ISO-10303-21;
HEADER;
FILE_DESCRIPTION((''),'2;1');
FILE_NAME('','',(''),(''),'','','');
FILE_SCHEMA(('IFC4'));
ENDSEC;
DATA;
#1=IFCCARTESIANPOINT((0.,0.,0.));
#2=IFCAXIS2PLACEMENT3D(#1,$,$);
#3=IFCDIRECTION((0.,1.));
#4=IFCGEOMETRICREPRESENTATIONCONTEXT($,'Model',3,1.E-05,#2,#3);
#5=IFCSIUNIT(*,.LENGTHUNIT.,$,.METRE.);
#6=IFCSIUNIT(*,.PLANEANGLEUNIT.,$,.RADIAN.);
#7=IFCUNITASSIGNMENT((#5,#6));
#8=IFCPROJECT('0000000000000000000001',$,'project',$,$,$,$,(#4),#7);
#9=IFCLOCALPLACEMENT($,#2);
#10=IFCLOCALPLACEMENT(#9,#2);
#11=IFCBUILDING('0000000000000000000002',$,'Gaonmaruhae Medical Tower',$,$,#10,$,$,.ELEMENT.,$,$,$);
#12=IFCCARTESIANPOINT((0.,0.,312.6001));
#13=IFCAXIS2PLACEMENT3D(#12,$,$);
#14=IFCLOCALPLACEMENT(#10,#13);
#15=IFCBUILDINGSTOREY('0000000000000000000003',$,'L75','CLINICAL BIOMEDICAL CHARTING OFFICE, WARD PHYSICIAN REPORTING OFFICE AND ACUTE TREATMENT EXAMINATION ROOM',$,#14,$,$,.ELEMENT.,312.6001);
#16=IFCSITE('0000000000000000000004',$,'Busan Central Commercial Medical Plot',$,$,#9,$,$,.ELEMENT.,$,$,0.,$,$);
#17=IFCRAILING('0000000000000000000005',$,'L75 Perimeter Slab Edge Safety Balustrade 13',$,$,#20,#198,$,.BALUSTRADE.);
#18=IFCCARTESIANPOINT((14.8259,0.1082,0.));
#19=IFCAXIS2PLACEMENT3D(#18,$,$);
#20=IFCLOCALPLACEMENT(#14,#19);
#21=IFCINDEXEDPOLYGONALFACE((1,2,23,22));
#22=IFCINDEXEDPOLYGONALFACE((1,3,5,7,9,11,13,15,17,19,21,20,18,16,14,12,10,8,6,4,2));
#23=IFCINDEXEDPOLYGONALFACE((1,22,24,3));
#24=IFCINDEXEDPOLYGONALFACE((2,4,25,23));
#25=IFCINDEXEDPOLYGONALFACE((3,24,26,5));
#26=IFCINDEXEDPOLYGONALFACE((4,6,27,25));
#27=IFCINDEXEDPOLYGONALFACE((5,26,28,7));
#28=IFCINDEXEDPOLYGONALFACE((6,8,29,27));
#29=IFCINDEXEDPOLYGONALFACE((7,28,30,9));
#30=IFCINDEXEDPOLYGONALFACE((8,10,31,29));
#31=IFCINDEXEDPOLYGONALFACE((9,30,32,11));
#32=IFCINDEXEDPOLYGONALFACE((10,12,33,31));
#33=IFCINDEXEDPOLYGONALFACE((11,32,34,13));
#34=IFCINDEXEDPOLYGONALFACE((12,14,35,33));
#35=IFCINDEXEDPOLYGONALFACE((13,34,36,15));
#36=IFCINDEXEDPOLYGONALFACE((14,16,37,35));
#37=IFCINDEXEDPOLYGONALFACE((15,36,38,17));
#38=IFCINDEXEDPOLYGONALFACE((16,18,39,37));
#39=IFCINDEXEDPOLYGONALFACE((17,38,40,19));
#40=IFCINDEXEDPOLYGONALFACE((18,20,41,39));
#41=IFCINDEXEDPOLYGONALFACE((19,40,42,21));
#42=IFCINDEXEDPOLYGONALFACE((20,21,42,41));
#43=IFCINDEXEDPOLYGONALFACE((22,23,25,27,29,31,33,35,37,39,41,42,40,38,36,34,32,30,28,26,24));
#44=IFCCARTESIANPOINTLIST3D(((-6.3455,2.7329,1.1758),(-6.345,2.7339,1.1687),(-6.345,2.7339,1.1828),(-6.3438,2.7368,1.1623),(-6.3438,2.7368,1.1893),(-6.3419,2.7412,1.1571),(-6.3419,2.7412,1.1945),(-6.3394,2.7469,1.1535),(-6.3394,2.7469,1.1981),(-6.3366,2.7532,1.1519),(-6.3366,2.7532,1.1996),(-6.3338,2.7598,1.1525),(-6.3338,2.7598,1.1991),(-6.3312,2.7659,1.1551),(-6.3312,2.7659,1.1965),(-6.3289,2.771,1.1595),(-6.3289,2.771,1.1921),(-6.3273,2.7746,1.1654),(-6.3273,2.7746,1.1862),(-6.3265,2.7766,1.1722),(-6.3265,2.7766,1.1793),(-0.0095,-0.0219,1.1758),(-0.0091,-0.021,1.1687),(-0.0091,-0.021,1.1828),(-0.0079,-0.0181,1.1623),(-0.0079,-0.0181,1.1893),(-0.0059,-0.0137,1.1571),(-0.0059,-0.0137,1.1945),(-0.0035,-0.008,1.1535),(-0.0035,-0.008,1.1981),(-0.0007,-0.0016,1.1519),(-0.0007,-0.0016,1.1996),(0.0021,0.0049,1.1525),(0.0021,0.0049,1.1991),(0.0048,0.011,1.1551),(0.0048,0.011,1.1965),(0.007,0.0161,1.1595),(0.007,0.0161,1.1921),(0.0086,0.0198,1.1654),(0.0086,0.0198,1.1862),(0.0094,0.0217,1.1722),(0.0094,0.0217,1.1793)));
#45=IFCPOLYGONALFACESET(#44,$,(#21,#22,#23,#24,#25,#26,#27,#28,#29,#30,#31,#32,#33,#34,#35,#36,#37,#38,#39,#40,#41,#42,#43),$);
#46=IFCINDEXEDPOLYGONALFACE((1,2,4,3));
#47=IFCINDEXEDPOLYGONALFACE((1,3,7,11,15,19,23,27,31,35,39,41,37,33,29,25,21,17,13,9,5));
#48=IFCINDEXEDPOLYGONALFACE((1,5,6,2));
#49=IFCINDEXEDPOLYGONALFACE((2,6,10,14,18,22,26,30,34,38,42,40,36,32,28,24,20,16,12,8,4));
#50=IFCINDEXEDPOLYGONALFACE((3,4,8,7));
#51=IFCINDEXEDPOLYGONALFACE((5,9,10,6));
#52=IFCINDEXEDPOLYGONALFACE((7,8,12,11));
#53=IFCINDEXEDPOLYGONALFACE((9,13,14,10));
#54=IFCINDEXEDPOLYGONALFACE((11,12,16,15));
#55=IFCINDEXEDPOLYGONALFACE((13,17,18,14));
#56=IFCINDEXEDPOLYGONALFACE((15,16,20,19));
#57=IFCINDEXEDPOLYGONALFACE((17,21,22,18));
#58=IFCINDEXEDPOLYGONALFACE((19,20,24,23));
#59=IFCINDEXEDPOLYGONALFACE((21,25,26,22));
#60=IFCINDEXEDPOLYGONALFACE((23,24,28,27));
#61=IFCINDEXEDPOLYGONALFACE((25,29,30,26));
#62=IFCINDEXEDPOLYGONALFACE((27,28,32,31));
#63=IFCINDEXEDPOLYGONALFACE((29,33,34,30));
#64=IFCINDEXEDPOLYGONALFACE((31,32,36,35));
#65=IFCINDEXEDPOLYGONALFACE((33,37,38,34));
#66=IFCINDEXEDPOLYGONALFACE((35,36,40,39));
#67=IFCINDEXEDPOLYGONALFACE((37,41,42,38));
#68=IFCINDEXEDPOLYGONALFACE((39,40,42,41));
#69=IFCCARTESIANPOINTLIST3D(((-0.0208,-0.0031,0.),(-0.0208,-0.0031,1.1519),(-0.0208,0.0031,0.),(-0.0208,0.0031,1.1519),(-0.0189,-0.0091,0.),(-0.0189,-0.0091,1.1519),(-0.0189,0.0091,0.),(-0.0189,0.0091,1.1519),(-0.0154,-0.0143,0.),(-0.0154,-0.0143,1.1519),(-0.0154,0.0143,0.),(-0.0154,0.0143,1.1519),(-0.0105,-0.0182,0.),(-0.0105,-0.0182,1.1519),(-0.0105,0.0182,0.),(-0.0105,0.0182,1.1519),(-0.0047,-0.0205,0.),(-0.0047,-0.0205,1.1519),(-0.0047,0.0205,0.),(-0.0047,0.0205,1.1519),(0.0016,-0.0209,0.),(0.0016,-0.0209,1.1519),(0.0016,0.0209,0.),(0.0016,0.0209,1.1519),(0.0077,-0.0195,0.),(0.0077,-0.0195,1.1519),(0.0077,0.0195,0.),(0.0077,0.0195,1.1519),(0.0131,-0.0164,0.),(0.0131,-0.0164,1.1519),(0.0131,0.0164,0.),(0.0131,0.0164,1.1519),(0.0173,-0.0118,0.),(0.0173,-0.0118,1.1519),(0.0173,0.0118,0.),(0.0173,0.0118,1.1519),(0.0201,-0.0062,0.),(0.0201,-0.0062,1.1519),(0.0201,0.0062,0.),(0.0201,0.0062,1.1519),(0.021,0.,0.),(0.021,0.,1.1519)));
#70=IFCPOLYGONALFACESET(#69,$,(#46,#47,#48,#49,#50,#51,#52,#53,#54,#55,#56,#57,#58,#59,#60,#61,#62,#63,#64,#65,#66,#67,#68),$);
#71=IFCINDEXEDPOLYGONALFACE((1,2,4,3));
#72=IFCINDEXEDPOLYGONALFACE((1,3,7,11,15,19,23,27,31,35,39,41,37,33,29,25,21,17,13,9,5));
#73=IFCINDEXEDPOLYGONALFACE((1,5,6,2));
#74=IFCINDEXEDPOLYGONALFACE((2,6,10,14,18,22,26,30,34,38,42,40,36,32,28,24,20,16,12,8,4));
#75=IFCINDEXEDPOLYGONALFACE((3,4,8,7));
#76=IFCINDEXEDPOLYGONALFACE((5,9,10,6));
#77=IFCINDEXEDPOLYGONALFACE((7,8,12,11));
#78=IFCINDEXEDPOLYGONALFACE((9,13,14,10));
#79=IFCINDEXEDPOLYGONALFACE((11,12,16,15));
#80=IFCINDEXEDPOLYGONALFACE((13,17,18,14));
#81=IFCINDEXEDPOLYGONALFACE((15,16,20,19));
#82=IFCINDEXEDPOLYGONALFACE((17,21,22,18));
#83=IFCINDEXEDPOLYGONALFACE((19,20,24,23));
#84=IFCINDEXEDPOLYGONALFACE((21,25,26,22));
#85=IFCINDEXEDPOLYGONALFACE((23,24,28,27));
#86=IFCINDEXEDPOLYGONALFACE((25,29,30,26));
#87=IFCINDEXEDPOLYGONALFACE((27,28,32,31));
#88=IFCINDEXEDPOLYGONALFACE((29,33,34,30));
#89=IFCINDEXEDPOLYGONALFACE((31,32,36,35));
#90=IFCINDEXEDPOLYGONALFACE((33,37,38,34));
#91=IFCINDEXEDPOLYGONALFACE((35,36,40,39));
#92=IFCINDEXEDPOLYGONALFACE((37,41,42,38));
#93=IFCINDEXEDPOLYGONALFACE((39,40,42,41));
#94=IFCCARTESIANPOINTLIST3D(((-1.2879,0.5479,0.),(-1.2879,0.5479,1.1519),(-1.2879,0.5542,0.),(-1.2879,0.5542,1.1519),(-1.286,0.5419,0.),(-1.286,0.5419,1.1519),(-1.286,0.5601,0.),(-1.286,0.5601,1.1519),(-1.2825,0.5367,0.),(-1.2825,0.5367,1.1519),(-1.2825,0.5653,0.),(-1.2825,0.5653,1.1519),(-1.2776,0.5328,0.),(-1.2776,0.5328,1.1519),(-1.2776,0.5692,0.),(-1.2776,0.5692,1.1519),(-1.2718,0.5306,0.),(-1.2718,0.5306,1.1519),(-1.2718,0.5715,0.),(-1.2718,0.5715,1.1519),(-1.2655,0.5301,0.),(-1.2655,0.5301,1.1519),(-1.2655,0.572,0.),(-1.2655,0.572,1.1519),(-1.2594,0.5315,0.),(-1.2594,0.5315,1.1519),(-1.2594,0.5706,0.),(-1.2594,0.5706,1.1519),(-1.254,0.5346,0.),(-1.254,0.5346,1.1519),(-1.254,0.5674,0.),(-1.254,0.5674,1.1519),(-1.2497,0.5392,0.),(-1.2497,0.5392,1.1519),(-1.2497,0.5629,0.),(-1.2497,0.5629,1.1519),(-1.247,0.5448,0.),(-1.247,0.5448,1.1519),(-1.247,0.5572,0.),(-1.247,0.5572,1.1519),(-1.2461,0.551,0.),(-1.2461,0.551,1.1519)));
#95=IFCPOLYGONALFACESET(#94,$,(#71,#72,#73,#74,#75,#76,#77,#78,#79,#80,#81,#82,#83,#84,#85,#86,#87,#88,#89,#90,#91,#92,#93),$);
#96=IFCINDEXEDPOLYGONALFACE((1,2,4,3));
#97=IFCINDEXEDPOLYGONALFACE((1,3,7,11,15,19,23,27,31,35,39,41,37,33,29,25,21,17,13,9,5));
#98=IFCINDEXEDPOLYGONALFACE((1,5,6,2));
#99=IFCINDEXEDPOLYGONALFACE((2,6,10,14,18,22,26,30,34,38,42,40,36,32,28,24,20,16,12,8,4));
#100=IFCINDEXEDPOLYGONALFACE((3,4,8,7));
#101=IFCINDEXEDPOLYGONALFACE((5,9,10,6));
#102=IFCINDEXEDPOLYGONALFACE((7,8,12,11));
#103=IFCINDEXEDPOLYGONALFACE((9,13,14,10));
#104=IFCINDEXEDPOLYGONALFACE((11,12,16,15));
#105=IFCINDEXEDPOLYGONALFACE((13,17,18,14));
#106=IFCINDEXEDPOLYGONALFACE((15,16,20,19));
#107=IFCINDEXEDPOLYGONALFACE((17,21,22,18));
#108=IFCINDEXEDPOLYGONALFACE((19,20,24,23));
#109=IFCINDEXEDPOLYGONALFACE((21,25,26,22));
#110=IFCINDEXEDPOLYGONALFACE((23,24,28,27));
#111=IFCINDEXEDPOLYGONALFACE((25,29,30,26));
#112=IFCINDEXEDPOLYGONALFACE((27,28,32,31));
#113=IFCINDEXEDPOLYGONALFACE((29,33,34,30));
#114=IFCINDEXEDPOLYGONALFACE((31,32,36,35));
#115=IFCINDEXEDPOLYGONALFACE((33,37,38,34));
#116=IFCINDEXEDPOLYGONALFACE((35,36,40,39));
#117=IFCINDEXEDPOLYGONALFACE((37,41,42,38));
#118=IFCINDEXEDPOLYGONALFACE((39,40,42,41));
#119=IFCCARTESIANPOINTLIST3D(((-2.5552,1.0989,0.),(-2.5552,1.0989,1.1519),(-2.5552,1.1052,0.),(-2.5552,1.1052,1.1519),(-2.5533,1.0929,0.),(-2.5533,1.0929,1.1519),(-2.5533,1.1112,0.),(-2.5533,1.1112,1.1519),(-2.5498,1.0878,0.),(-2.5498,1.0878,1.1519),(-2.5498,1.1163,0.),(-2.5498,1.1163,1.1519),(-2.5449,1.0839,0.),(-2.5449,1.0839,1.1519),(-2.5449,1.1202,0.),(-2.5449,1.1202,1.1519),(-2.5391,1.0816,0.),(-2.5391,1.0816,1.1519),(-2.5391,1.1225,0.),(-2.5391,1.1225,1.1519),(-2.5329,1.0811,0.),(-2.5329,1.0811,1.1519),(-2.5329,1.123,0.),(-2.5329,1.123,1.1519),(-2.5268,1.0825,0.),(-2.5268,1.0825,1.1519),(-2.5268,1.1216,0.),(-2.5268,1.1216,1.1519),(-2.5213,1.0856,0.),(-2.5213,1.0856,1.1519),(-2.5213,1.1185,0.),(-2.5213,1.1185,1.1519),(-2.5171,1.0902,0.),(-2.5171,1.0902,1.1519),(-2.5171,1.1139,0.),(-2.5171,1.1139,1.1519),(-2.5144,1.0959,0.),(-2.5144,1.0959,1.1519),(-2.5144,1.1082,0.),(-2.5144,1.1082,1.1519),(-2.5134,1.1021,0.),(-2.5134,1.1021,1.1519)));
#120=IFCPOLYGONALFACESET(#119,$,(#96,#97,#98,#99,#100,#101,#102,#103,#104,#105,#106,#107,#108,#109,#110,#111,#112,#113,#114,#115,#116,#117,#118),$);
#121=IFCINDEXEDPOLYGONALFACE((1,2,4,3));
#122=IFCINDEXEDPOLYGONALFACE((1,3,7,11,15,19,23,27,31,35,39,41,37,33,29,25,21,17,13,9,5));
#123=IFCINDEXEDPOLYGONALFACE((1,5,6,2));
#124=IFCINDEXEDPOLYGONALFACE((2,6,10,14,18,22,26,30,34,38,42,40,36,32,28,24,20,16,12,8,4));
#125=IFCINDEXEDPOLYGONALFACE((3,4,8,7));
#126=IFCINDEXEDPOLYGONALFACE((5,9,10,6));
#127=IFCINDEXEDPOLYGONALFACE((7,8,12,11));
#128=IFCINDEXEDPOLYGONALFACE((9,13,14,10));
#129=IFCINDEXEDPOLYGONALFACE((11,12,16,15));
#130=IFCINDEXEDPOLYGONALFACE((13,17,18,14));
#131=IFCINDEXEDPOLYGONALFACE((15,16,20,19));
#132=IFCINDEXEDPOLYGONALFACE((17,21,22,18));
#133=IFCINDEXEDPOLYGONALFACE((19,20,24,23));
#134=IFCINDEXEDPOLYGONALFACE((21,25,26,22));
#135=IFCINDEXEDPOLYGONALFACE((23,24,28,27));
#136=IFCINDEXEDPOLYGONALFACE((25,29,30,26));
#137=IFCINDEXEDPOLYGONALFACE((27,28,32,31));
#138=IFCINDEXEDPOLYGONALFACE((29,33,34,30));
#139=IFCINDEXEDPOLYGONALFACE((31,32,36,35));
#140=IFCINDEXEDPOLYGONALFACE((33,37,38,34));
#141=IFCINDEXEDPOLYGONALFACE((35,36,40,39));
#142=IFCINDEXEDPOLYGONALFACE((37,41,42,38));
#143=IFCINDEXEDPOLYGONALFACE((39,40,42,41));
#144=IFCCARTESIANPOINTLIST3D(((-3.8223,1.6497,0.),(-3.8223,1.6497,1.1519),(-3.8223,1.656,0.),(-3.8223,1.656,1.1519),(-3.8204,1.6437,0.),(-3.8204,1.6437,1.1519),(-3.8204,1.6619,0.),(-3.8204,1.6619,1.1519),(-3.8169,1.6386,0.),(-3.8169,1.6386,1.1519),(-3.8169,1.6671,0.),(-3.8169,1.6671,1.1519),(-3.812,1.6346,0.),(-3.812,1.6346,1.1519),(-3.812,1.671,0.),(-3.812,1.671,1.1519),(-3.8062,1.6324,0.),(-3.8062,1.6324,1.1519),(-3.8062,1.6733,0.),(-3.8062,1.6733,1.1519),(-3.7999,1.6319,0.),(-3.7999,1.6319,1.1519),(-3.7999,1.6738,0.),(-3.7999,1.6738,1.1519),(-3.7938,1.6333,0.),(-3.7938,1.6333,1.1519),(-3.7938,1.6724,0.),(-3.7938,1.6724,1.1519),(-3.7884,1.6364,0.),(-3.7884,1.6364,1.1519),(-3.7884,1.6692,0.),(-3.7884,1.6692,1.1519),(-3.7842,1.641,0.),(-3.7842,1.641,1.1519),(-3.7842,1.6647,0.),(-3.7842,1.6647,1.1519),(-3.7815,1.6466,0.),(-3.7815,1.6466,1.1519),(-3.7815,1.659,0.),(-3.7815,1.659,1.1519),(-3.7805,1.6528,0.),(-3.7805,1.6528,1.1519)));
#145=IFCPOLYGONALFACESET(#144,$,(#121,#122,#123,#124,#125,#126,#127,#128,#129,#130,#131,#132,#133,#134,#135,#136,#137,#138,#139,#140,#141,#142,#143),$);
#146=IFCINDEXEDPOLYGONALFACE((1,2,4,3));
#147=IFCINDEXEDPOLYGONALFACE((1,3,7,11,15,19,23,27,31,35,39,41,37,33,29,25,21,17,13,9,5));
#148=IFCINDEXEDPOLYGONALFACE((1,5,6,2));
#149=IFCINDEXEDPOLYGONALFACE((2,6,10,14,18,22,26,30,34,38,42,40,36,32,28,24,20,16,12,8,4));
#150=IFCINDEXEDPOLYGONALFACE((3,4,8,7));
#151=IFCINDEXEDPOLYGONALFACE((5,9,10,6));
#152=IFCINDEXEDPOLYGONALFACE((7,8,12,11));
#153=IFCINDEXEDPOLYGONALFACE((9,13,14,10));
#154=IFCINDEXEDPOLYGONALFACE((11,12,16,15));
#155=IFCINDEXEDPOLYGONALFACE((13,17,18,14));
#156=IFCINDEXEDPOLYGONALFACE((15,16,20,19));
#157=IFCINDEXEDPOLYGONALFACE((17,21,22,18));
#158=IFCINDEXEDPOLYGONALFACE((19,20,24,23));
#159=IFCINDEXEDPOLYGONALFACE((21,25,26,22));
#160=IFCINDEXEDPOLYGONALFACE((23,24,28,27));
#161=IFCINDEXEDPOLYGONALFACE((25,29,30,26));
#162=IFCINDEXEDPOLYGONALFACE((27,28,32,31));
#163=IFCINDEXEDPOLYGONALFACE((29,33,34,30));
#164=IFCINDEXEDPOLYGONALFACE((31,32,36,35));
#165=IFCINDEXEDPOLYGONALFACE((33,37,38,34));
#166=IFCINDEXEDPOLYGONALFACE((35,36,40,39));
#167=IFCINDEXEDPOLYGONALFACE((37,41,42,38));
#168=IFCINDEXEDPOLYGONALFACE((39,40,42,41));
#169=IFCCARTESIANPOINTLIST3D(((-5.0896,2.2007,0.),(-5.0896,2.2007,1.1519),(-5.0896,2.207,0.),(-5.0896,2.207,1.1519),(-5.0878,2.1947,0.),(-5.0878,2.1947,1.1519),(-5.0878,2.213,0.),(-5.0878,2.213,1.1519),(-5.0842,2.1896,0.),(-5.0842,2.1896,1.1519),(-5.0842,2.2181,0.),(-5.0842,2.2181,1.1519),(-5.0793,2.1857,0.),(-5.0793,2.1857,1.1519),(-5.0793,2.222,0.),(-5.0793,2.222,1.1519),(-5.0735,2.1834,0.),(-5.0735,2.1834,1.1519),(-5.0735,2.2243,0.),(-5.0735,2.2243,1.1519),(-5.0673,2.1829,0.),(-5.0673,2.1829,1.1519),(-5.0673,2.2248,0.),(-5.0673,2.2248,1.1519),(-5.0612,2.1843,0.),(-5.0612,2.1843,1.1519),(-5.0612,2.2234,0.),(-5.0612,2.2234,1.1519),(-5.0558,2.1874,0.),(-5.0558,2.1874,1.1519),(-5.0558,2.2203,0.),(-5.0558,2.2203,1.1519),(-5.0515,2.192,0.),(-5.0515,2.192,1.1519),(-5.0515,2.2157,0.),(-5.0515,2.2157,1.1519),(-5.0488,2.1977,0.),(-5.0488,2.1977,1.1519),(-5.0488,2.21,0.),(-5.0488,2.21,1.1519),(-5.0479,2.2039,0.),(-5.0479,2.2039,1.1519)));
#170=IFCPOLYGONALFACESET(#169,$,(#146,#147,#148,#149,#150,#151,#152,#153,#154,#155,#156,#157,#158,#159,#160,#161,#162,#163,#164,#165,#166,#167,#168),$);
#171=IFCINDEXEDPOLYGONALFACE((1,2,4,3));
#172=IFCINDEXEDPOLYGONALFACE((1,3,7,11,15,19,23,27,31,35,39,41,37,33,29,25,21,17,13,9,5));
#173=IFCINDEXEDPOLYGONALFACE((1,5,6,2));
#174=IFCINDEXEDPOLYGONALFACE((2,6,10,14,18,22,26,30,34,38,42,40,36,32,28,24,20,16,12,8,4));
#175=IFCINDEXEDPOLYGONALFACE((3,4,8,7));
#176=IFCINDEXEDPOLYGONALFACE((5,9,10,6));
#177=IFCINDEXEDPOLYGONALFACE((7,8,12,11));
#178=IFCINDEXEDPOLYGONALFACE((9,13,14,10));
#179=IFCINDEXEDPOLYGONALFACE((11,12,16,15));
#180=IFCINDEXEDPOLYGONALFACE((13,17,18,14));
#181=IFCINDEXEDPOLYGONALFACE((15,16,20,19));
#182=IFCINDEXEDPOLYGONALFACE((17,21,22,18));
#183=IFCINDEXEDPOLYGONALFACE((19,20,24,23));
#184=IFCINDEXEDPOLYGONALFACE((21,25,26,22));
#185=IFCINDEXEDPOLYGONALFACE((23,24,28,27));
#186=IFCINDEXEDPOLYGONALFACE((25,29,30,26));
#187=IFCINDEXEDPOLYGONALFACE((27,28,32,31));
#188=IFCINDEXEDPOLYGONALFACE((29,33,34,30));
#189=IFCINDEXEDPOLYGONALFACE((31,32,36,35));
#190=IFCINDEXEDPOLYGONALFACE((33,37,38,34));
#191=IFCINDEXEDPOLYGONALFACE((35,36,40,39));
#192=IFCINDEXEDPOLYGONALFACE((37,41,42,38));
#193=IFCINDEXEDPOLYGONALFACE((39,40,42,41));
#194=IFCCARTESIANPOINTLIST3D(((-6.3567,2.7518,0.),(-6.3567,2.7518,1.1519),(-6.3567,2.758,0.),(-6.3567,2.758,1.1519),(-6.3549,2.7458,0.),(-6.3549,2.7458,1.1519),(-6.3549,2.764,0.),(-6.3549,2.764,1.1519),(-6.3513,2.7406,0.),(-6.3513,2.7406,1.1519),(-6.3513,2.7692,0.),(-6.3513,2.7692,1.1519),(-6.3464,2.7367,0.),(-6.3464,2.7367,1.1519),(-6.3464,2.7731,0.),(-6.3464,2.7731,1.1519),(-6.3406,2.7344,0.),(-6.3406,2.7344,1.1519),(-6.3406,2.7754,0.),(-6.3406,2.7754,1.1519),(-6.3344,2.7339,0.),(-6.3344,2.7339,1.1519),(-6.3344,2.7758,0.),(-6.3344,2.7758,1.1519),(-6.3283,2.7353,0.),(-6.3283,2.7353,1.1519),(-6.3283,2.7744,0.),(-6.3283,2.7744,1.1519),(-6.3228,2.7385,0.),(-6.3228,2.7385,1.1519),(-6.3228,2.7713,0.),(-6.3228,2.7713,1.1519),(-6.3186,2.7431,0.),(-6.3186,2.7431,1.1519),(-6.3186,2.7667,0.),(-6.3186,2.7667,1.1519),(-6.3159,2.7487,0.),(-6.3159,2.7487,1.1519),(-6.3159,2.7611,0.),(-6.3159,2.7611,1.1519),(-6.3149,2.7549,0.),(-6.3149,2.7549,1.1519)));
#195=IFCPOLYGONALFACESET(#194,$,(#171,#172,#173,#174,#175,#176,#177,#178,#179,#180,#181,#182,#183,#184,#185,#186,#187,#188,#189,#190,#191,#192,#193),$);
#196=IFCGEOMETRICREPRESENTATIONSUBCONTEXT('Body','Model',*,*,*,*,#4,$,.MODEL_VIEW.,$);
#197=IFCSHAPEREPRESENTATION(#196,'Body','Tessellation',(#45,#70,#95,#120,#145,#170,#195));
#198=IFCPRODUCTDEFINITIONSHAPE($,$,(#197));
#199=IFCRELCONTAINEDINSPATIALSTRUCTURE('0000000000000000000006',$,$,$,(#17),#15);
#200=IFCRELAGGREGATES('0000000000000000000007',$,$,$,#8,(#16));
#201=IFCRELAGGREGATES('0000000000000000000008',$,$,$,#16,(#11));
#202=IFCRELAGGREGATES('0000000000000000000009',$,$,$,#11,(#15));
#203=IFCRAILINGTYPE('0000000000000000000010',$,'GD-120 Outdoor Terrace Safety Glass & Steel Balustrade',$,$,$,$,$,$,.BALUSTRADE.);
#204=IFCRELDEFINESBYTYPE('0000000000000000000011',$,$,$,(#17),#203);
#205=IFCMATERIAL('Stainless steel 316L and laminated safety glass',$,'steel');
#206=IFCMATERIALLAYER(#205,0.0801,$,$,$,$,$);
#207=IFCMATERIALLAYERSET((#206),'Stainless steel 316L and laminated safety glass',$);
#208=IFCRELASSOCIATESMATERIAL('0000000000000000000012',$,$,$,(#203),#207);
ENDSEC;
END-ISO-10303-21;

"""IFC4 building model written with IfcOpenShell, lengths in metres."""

from ifc_helpers import new_model, si_unit, direction, frame, origin, origin_2d, place, context, subcontext, project, spatial, circle, extrude, material, layer, layer_set, type_object, element, save


model = new_model("IFC4")

# Units and contexts
model_context = context("Model", 3, precision=1e-05, world=origin(), true_north=direction((0.0, 1.0)))
body_context = subcontext(model_context, "Body", "Model", "MODEL_VIEW")
ifc_project = project(units=[si_unit("LENGTHUNIT", "METRE"), si_unit("PLANEANGLEUNIT", "RADIAN")], contexts=[model_context])

# Site, building, storey
site_placement = place(None, origin())
site = spatial("IfcSite", under=ifc_project, at=site_placement, Name="Busan Central Commercial Medical Plot", CompositionType="ELEMENT", RefElevation=0.0)
building_placement = place(site_placement, origin())
building = spatial("IfcBuilding", under=site, at=building_placement, Name="Gaonmaruhae Medical Tower", CompositionType="ELEMENT")
storey_placement = place(building_placement, frame((0.0, 0.0, 312.6001)))
storey = spatial("IfcBuildingStorey", under=building, at=storey_placement, Name="L75", Description="CLINICAL BIOMEDICAL CHARTING OFFICE, WARD PHYSICIAN REPORTING OFFICE AND ACUTE TREATMENT EXAMINATION ROOM", CompositionType="ELEMENT", Elevation=312.6001)

# Railing
ifc_material_1 = material(Name="Stainless steel 316L and laminated safety glass", Category="steel")
ifc_layer_1 = layer(ifc_material_1, 0.0801)
ifc_layer_set_1 = layer_set([ifc_layer_1], Name="Stainless steel 316L and laminated safety glass")
railing_type_1 = type_object("IfcRailingType", Name="GD-120 Outdoor Terrace Safety Glass & Steel Balustrade", PredefinedType="BALUSTRADE", material=ifc_layer_set_1)
railing_1_placement = place(storey_placement, frame((14.8259, 0.1082, 0.0)))
element("IfcRailing", 1, at=railing_1_placement, inside=storey, type_object=railing_type_1, Name="L75 Perimeter Slab Edge Safety Balustrade 13", PredefinedType="BALUSTRADE", context=body_context, shape_type="SweptSolid", body=[
    extrude(circle(Radius=0.0239, at=origin_2d()), frame((0.0, 0.0, 1.1758), z_axis=(-0.917063, 0.398742, 0.0), x_axis=(-0.398742, -0.917063, 0.0)), (0.0, 0.0, 1.0), 6.9089),
    extrude(circle(Radius=0.021, at=origin_2d()), origin(), (0.0, 0.0, 1.0), 1.1519),
    extrude(circle(Radius=0.021, at=origin_2d()), frame((-1.2671, 0.551, 0.0)), (0.0, 0.0, 1.0), 1.1519),
    extrude(circle(Radius=0.021, at=origin_2d()), frame((-2.5344, 1.1021, 0.0)), (0.0, 0.0, 1.0), 1.1519),
    extrude(circle(Radius=0.021, at=origin_2d()), frame((-3.8015, 1.6528, 0.0)), (0.0, 0.0, 1.0), 1.1519),
    extrude(circle(Radius=0.021, at=origin_2d()), frame((-5.0688, 2.2039, 0.0)), (0.0, 0.0, 1.0), 1.1519),
    extrude(circle(Radius=0.021, at=origin_2d()), frame((-6.3359, 2.7549, 0.0)), (0.0, 0.0, 1.0), 1.1519),
])

save(model, "model.ifc")
